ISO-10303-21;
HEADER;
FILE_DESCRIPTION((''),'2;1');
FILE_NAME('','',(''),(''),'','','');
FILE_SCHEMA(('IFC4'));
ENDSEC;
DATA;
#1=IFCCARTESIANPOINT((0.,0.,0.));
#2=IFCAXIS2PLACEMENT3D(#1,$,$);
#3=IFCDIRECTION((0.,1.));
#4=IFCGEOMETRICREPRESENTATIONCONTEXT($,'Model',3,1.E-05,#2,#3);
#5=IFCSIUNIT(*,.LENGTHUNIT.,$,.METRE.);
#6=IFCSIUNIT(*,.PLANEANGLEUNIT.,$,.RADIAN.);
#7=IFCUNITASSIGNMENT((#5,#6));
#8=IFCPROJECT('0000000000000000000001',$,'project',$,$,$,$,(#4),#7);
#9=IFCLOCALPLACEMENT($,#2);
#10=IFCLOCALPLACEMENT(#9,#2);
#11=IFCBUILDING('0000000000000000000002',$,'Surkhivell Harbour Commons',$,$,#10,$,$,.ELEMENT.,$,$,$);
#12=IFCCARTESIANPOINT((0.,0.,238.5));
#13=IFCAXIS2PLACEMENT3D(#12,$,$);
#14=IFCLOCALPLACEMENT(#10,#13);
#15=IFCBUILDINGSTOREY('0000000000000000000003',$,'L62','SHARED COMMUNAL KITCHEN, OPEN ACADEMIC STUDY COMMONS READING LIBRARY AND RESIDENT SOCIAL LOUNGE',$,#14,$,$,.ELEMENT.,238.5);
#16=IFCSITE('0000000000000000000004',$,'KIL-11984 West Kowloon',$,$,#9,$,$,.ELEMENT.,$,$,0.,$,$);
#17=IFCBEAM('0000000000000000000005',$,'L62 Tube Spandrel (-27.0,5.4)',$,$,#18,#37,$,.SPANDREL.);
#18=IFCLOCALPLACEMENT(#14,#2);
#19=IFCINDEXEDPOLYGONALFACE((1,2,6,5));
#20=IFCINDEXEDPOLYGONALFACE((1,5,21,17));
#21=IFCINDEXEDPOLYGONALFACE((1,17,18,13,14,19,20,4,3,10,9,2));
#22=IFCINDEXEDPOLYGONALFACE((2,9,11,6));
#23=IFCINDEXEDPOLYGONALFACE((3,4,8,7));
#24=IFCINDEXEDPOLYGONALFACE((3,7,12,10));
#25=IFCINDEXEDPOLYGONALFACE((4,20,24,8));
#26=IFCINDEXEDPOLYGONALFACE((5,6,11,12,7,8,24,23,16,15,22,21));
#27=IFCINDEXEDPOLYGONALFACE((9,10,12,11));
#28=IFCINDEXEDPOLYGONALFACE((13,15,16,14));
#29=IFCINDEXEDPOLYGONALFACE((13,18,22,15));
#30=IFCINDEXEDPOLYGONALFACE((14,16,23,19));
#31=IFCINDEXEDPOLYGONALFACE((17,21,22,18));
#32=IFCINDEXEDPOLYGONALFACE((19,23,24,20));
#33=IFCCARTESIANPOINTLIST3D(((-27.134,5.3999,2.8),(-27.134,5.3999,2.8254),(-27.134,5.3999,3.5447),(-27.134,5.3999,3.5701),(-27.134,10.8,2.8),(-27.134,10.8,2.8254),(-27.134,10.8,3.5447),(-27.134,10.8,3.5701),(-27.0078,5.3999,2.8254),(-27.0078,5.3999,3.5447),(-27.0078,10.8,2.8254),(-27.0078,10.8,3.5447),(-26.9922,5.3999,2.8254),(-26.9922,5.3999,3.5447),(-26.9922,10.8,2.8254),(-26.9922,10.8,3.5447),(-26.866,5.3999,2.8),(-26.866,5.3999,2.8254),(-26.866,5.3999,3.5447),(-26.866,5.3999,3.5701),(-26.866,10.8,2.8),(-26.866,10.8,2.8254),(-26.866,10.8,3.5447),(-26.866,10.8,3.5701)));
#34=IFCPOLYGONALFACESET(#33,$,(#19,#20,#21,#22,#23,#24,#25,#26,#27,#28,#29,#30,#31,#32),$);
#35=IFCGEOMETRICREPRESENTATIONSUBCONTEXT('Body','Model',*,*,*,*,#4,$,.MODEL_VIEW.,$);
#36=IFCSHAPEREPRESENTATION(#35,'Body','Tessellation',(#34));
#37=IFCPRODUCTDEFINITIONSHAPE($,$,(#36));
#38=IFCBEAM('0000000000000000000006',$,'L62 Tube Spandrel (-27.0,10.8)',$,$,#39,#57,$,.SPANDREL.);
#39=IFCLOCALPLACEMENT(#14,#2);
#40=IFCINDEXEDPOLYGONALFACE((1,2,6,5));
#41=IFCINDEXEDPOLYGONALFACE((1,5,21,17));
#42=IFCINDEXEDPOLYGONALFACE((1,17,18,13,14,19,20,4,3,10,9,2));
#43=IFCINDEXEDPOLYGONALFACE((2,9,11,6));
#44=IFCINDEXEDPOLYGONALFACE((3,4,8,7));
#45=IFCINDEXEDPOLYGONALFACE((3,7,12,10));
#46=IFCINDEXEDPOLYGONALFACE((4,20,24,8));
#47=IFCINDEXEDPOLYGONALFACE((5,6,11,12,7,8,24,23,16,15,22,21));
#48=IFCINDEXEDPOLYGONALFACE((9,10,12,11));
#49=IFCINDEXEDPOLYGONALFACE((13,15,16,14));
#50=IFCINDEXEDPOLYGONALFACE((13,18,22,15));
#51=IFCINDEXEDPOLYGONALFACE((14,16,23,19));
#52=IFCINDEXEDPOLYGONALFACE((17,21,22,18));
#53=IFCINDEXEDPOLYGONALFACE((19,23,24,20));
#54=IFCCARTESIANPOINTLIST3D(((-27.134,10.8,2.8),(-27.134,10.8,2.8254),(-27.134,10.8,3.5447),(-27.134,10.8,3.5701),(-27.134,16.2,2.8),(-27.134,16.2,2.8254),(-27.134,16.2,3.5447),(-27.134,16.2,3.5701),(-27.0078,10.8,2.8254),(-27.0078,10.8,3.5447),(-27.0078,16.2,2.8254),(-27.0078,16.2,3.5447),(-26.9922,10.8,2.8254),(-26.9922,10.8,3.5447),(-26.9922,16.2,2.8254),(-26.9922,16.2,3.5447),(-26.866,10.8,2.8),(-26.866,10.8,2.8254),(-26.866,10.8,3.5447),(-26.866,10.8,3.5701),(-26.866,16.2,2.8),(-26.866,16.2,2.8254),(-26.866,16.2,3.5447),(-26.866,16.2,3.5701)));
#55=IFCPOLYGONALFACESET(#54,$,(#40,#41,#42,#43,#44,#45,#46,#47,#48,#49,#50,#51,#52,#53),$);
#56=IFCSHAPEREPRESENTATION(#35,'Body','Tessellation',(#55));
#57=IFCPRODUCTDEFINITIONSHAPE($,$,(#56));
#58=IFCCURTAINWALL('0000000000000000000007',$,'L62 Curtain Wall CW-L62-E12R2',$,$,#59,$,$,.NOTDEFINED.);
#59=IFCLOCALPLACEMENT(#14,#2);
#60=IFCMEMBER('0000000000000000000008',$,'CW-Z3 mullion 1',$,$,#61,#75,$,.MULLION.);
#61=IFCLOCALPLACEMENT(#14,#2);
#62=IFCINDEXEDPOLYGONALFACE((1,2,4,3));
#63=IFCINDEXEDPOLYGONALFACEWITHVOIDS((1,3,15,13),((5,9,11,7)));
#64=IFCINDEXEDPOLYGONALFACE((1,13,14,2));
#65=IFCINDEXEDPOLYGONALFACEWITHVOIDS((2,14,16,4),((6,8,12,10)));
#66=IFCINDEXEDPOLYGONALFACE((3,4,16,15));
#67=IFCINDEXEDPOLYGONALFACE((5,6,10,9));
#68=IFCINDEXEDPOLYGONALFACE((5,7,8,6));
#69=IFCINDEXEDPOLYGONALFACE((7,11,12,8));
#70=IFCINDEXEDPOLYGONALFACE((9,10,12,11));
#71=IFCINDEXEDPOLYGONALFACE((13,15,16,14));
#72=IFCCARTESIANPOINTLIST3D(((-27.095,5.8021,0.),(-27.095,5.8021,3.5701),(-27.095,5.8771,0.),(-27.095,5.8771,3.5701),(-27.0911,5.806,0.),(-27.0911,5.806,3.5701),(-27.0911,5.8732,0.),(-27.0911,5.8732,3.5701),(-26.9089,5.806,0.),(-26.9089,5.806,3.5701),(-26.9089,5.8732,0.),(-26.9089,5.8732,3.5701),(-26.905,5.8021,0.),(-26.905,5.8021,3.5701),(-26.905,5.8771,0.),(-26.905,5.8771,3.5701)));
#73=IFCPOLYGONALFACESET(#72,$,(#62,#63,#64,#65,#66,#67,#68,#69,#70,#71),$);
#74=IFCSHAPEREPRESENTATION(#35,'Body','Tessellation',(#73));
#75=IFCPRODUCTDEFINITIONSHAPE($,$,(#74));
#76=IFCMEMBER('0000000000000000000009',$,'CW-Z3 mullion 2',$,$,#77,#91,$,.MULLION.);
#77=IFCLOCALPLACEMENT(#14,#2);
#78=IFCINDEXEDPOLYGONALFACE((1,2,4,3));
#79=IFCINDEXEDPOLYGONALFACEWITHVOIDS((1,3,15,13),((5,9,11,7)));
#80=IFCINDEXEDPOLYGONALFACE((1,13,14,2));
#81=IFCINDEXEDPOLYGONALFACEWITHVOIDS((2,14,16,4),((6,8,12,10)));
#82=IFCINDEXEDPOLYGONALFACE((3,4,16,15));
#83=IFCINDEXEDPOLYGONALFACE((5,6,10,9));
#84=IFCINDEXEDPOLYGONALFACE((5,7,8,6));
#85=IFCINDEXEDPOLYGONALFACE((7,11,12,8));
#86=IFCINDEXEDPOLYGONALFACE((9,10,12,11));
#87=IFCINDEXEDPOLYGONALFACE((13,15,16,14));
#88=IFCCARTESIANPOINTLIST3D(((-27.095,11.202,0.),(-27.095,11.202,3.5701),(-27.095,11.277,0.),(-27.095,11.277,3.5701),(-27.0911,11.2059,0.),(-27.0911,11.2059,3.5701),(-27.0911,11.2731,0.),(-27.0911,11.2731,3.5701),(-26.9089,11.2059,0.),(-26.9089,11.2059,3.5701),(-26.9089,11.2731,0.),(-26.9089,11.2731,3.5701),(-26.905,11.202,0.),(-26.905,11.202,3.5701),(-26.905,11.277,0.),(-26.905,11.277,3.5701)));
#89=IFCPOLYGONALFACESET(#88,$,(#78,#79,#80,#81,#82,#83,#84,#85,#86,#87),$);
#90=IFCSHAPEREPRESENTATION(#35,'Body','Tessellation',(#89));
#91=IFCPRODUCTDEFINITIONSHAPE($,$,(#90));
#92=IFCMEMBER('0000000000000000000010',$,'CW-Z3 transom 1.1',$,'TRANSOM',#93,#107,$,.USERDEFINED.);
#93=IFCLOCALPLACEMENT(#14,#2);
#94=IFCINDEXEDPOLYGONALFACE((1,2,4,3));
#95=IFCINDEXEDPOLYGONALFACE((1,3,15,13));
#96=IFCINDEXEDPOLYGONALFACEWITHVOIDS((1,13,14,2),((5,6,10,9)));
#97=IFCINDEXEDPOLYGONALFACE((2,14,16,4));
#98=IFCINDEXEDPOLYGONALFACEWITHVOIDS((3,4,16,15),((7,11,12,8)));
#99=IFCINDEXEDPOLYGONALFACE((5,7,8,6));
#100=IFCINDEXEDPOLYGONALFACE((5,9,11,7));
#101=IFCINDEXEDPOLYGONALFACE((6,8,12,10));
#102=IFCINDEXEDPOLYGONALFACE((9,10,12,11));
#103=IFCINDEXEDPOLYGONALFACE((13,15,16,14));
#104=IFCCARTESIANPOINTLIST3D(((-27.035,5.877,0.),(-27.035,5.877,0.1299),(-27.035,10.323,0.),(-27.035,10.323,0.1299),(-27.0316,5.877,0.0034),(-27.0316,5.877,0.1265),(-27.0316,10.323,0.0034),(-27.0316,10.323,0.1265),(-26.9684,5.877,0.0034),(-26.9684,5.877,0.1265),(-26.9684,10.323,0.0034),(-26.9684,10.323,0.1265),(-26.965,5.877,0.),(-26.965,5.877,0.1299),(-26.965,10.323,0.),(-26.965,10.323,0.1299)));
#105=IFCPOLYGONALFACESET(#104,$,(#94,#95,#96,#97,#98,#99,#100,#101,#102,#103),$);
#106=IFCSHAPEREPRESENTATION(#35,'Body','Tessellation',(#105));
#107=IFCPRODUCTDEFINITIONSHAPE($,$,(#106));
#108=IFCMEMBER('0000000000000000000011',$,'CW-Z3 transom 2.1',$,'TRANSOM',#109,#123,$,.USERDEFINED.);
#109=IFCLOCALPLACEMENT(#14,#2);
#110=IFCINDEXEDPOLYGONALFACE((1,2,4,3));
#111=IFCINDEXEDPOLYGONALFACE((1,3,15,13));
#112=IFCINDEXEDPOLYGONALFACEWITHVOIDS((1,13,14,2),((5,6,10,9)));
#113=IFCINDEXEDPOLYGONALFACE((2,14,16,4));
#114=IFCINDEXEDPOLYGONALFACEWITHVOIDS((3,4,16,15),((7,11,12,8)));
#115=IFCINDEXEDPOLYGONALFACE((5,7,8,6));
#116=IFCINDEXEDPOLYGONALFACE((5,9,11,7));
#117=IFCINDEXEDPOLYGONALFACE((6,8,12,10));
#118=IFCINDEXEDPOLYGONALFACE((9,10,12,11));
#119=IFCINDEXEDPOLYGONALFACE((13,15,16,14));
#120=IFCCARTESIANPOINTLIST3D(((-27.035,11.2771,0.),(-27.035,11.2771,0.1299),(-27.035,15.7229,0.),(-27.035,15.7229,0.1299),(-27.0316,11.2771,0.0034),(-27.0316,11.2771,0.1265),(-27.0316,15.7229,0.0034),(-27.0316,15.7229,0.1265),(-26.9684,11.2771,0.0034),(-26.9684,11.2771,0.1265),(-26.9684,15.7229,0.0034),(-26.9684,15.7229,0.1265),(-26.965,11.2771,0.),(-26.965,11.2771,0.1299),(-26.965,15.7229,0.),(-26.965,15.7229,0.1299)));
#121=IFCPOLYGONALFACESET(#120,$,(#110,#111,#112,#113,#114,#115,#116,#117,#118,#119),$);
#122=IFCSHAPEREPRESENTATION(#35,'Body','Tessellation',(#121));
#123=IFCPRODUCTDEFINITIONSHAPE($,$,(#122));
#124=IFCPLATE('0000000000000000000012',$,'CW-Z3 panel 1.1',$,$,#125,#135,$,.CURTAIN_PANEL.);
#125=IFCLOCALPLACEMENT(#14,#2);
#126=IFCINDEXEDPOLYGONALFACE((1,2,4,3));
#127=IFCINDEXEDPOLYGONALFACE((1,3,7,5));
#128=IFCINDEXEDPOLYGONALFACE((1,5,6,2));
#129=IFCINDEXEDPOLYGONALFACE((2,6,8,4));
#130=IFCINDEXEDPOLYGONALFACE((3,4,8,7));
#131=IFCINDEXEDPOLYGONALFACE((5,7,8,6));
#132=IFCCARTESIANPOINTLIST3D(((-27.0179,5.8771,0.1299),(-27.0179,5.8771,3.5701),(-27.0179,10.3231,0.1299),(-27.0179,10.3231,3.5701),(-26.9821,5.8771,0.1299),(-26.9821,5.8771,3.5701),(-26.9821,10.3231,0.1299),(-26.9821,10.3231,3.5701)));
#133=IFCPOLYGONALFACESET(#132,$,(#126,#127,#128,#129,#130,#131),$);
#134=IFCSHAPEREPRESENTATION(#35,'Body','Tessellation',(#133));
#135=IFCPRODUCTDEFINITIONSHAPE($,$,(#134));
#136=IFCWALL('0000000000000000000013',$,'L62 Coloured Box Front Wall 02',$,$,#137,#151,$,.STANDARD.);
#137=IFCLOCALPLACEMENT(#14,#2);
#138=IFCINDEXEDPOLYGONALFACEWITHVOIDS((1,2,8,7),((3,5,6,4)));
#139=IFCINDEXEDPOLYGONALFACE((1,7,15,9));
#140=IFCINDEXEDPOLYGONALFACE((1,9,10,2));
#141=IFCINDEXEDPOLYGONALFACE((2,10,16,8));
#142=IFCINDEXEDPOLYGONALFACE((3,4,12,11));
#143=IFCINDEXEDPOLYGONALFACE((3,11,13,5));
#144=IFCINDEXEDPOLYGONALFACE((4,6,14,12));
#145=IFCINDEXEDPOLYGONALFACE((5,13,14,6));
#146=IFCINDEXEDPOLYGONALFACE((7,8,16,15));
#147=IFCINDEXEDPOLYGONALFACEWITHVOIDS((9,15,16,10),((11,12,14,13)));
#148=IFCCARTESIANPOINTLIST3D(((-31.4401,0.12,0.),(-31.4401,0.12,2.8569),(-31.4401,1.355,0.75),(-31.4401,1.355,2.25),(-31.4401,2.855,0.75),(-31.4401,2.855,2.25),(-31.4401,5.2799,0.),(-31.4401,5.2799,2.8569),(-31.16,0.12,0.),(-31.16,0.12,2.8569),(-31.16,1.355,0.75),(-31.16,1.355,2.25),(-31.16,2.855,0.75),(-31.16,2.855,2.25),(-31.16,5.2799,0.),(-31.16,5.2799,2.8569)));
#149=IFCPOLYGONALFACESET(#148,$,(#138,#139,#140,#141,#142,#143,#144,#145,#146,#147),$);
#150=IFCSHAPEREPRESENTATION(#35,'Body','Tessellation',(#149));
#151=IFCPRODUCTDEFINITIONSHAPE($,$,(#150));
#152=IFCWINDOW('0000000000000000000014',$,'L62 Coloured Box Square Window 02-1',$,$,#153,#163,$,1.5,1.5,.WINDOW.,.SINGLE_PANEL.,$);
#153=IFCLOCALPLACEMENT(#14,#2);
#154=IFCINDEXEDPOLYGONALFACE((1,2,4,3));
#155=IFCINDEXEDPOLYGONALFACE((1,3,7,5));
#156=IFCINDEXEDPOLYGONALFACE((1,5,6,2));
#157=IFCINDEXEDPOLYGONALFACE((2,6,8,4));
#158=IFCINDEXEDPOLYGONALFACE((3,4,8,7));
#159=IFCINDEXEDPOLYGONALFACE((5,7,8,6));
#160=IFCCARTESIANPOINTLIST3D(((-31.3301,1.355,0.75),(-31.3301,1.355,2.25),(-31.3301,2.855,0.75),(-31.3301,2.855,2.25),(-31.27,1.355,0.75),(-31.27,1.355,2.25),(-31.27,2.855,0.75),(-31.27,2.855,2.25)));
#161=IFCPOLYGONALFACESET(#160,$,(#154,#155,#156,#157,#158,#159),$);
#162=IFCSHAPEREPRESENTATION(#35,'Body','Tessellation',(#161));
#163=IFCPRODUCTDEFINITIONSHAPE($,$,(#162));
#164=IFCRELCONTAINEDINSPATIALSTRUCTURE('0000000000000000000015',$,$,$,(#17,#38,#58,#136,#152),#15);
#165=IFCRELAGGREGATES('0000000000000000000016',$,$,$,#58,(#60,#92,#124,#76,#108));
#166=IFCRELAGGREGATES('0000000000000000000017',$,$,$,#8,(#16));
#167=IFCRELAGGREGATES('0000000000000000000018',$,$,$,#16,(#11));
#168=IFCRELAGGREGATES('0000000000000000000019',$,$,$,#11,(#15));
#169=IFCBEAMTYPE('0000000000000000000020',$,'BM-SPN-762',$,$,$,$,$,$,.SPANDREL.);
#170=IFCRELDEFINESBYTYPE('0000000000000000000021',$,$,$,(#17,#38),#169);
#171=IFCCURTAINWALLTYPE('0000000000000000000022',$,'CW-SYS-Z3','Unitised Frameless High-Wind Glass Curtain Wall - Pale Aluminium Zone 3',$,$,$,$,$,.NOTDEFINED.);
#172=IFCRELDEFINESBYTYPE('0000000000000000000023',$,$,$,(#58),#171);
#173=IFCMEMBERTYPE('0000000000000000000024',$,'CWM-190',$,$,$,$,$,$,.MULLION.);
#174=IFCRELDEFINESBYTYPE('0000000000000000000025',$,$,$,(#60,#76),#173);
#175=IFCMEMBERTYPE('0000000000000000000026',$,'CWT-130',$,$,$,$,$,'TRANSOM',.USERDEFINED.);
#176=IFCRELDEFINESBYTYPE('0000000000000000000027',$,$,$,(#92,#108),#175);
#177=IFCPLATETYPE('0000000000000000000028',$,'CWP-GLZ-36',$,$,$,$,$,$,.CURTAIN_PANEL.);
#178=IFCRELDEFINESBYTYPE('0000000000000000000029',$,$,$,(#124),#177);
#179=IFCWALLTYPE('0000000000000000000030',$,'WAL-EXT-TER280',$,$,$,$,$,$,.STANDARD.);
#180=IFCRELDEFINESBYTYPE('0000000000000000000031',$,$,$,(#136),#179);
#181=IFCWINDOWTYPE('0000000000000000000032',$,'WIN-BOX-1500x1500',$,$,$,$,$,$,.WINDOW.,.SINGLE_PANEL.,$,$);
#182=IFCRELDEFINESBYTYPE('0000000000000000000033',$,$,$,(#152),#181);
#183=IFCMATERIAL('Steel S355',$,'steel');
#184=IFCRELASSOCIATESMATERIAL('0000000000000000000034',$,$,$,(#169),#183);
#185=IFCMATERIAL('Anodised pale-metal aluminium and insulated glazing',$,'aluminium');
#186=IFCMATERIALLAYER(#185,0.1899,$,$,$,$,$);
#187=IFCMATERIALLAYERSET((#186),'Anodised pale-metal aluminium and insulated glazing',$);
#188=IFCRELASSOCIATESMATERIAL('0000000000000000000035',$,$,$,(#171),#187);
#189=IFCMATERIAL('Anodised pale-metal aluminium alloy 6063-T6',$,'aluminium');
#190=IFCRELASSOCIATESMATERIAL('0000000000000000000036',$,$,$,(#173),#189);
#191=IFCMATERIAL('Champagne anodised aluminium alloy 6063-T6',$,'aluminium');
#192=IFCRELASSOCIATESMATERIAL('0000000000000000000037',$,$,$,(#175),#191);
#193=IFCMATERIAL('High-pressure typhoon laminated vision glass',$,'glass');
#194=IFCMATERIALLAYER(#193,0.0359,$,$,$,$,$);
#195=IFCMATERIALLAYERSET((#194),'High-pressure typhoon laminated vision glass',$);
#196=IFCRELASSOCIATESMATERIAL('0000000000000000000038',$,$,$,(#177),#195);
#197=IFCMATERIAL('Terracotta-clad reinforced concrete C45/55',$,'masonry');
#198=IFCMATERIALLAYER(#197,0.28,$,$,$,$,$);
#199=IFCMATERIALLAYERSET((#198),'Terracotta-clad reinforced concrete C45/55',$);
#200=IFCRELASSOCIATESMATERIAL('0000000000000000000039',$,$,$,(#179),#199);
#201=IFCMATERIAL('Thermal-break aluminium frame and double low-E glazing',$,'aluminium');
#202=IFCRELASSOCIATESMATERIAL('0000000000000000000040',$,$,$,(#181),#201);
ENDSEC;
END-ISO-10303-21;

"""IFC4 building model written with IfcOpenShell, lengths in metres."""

from ifc_helpers import new_model, si_unit, direction, frame, frame_2d, origin, origin_2d, place, context, subcontext, project, spatial, rectangle, hollow_rectangle, i_section, extrude, material, layer, layer_set, material_profile, profile_set, type_object, element, fill, aggregate, save


model = new_model("IFC4")

# Units and contexts
model_context = context("Model", 3, precision=1e-05, world=origin(), true_north=direction((0.0, 1.0)))
body_context = subcontext(model_context, "Body", "Model", "MODEL_VIEW")
ifc_project = project(units=[si_unit("LENGTHUNIT", "METRE"), si_unit("PLANEANGLEUNIT", "RADIAN")], contexts=[model_context])

# Site, building, storey
site_placement = place(None, origin())
site = spatial("IfcSite", under=ifc_project, at=site_placement, Name="KIL-11984 West Kowloon", CompositionType="ELEMENT", RefElevation=0.0)
building_placement = place(site_placement, origin())
building = spatial("IfcBuilding", under=site, at=building_placement, Name="Surkhivell Harbour Commons", CompositionType="ELEMENT")
storey_placement = place(building_placement, frame((0.0, 0.0, 238.5)))
storey = spatial("IfcBuildingStorey", under=building, at=storey_placement, Name="L62", Description="SHARED COMMUNAL KITCHEN, OPEN ACADEMIC STUDY COMMONS READING LIBRARY AND RESIDENT SOCIAL LOUNGE", CompositionType="ELEMENT", Elevation=238.5)

# Beams
ifc_material_1 = material(Name="Steel S355", Category="steel")
ifc_material_profile_1 = material_profile(ifc_material_1, i_section(OverallWidth=0.2681, OverallDepth=0.77, WebThickness=0.0156, FlangeThickness=0.0254, at=origin_2d()), Name="UB762x267x197")
ifc_profile_set_1 = profile_set([ifc_material_profile_1], Name="Steel S355")
beam_type_1 = type_object("IfcBeamType", Name="BM-SPN-762", PredefinedType="SPANDREL", material=ifc_profile_set_1)
beam_1_placement = place(storey_placement, frame((-27.0, 5.3999, 3.1851), z_axis=(0.0, 1.0, 0.0), x_axis=(-1.0, 0.0, 0.0)))
element("IfcBeam", 1, at=beam_1_placement, inside=storey, type_object=beam_type_1, Name="L62 Tube Spandrel (-27.0,5.4)", PredefinedType="SPANDREL", context=body_context, shape_type="SweptSolid", body=[
    extrude(i_section(OverallWidth=0.2681, OverallDepth=0.77, WebThickness=0.0156, FlangeThickness=0.0254, at=origin_2d()), origin(), (0.0, 0.0, 1.0), 5.4001),
])
beam_2_placement = place(storey_placement, frame((-27.0, 10.8, 3.1851), z_axis=(0.0, 1.0, 0.0), x_axis=(-1.0, 0.0, 0.0)))
element("IfcBeam", 2, at=beam_2_placement, inside=storey, type_object=beam_type_1, Name="L62 Tube Spandrel (-27.0,10.8)", PredefinedType="SPANDREL", context=body_context, shape_type="SweptSolid", body=[
    extrude(i_section(OverallWidth=0.2681, OverallDepth=0.77, WebThickness=0.0156, FlangeThickness=0.0254, at=origin_2d()), origin(), (0.0, 0.0, 1.0), 5.3999),
])

# Curtain wall, members, plate
ifc_material_2 = material(Name="Anodised pale-metal aluminium and insulated glazing", Category="aluminium")
ifc_layer_1 = layer(ifc_material_2, 0.1899)
ifc_layer_set_1 = layer_set([ifc_layer_1], Name="Anodised pale-metal aluminium and insulated glazing")
curtain_wall_type = type_object("IfcCurtainWallType", Name="CW-SYS-Z3", Description="Unitised Frameless High-Wind Glass Curtain Wall - Pale Aluminium Zone 3", PredefinedType="NOTDEFINED", material=ifc_layer_set_1)
curtain_wall_placement = place(storey_placement, origin())
curtain_wall = element("IfcCurtainWall", 3, at=curtain_wall_placement, inside=storey, type_object=curtain_wall_type, Name="L62 Curtain Wall CW-L62-E12R2", PredefinedType="NOTDEFINED")
ifc_material_3 = material(Name="Anodised pale-metal aluminium alloy 6063-T6", Category="aluminium")
ifc_material_profile_2 = material_profile(ifc_material_3, hollow_rectangle(XDim=0.075, YDim=0.1899, WallThickness=0.0039, at=origin_2d()), Name="ALU-MULL-75x190")
ifc_profile_set_2 = profile_set([ifc_material_profile_2], Name="Anodised pale-metal aluminium alloy 6063-T6")
member_type_1 = type_object("IfcMemberType", Name="CWM-190", PredefinedType="MULLION", material=ifc_profile_set_2)
member_1_placement = place(storey_placement, frame((-27.0, 5.8396, 0.0), z_axis=(0.0, 0.0, 1.0), x_axis=(0.0, 1.0, 0.0)))
member_1 = element("IfcMember", 4, at=member_1_placement, type_object=member_type_1, Name="CW-Z3 mullion 1", PredefinedType="MULLION", context=body_context, shape_type="SweptSolid", body=[
    extrude(hollow_rectangle(XDim=0.075, YDim=0.1899, WallThickness=0.0039, at=origin_2d()), origin(), (0.0, 0.0, 1.0), 3.5701),
])
member_2_placement = place(storey_placement, frame((-27.0, 11.2395, 0.0), z_axis=(0.0, 0.0, 1.0), x_axis=(0.0, 1.0, 0.0)))
member_2 = element("IfcMember", 5, at=member_2_placement, type_object=member_type_1, Name="CW-Z3 mullion 2", PredefinedType="MULLION", context=body_context, shape_type="SweptSolid", body=[
    extrude(hollow_rectangle(XDim=0.075, YDim=0.1899, WallThickness=0.0039, at=origin_2d()), origin(), (0.0, 0.0, 1.0), 3.5701),
])
ifc_material_4 = material(Name="Champagne anodised aluminium alloy 6063-T6", Category="aluminium")
ifc_material_profile_3 = material_profile(ifc_material_4, hollow_rectangle(XDim=0.0701, YDim=0.1299, WallThickness=0.0034, at=origin_2d()), Name="ALU-TRAN-70x130")
ifc_profile_set_3 = profile_set([ifc_material_profile_3], Name="Champagne anodised aluminium alloy 6063-T6")
member_type_2 = type_object("IfcMemberType", Name="CWT-130", ElementType="TRANSOM", PredefinedType="USERDEFINED", material=ifc_profile_set_3)
member_3_placement = place(storey_placement, frame((-27.0, 5.877, 0.0649), z_axis=(0.0, 1.0, 0.0), x_axis=(-1.0, 0.0, 0.0)))
member_3 = element("IfcMember", 6, at=member_3_placement, type_object=member_type_2, Name="CW-Z3 transom 1.1", ObjectType="TRANSOM", PredefinedType="USERDEFINED", context=body_context, shape_type="SweptSolid", body=[
    extrude(hollow_rectangle(XDim=0.0701, YDim=0.1299, WallThickness=0.0034, at=origin_2d()), origin(), (0.0, 0.0, 1.0), 4.446),
])
member_4_placement = place(storey_placement, frame((-27.0, 11.2771, 0.0649), z_axis=(0.0, 1.0, 0.0), x_axis=(-1.0, 0.0, 0.0)))
member_4 = element("IfcMember", 7, at=member_4_placement, type_object=member_type_2, Name="CW-Z3 transom 2.1", ObjectType="TRANSOM", PredefinedType="USERDEFINED", context=body_context, shape_type="SweptSolid", body=[
    extrude(hollow_rectangle(XDim=0.0701, YDim=0.1299, WallThickness=0.0034, at=origin_2d()), origin(), (0.0, 0.0, 1.0), 4.4458),
])
ifc_material_5 = material(Name="High-pressure typhoon laminated vision glass", Category="glass")
ifc_layer_2 = layer(ifc_material_5, 0.0359)
ifc_layer_set_2 = layer_set([ifc_layer_2], Name="High-pressure typhoon laminated vision glass")
plate_type = type_object("IfcPlateType", Name="CWP-GLZ-36", PredefinedType="CURTAIN_PANEL", material=ifc_layer_set_2)
plate_placement = place(storey_placement, frame((-27.0, 5.877, 0.1299), z_axis=(0.0, 0.0, 1.0), x_axis=(0.0, 1.0, 0.0)))
plate = element("IfcPlate", 8, at=plate_placement, type_object=plate_type, Name="CW-Z3 panel 1.1", PredefinedType="CURTAIN_PANEL", context=body_context, shape_type="SweptSolid", body=[
    extrude(rectangle(XDim=4.446, YDim=0.0359, at=frame_2d((2.2231, 0.0))), origin(), (0.0, 0.0, 1.0), 3.4402),
])
aggregate(curtain_wall, [member_1, member_3, plate, member_2, member_4])

# Wall, opening, window
ifc_material_6 = material(Name="Terracotta-clad reinforced concrete C45/55", Category="masonry")
ifc_layer_3 = layer(ifc_material_6, 0.28)
ifc_layer_set_3 = layer_set([ifc_layer_3], Name="Terracotta-clad reinforced concrete C45/55")
wall_type_1 = type_object("IfcWallType", Name="WAL-EXT-TER280", PredefinedType="STANDARD", material=ifc_layer_set_3)
wall_1_placement = place(storey_placement, frame((-31.3, 5.28, 0.0), z_axis=(0.0, 0.0, 1.0), x_axis=(0.0, -1.0, 0.0)))
wall_1 = element("IfcWall", 9, at=wall_1_placement, inside=storey, type_object=wall_type_1, Name="L62 Coloured Box Front Wall 02", PredefinedType="STANDARD", context=body_context, shape_type="SweptSolid", body=[
    extrude(rectangle(XDim=5.1599, YDim=0.28, at=frame_2d((2.5801, 0.0))), origin(), (0.0, 0.0, 1.0), 2.8569),
])
opening_1_placement = place(wall_1_placement, frame((2.425, 0.0, 0.75)))
opening_1 = element("IfcOpeningElement", 10, at=opening_1_placement, cuts=wall_1, PredefinedType="OPENING", context=body_context, shape_type="SweptSolid", body=[
    extrude(rectangle(XDim=1.5, YDim=1.5, at=frame_2d((0.75, 0.75))), frame((0.0, 0.1499, 0.0), z_axis=(0.0, -1.0, 0.0), x_axis=(1.0, 0.0, 0.0)), (0.0, 0.0, 1.0), 0.3),
])
ifc_material_7 = material(Name="Thermal-break aluminium frame and double low-E glazing", Category="aluminium")
window_type_1 = type_object("IfcWindowType", Name="WIN-BOX-1500x1500", PartitioningType="SINGLE_PANEL", PredefinedType="WINDOW", material=ifc_material_7)
window_1_placement = place(opening_1_placement, origin())
window_1 = element("IfcWindow", 11, at=window_1_placement, inside=storey, type_object=window_type_1, Name="L62 Coloured Box Square Window 02-1", OverallHeight=1.5, OverallWidth=1.5, PartitioningType="SINGLE_PANEL", PredefinedType="WINDOW", context=body_context, shape_type="SweptSolid", body=[
    extrude(rectangle(XDim=1.5, YDim=1.5, at=frame_2d((0.75, 0.75))), frame((0.0, 0.03, 0.0), z_axis=(0.0, -1.0, 0.0), x_axis=(1.0, 0.0, 0.0)), (0.0, 0.0, 1.0), 0.0601),
])
fill(opening_1, window_1)

save(model, "model.ifc")
